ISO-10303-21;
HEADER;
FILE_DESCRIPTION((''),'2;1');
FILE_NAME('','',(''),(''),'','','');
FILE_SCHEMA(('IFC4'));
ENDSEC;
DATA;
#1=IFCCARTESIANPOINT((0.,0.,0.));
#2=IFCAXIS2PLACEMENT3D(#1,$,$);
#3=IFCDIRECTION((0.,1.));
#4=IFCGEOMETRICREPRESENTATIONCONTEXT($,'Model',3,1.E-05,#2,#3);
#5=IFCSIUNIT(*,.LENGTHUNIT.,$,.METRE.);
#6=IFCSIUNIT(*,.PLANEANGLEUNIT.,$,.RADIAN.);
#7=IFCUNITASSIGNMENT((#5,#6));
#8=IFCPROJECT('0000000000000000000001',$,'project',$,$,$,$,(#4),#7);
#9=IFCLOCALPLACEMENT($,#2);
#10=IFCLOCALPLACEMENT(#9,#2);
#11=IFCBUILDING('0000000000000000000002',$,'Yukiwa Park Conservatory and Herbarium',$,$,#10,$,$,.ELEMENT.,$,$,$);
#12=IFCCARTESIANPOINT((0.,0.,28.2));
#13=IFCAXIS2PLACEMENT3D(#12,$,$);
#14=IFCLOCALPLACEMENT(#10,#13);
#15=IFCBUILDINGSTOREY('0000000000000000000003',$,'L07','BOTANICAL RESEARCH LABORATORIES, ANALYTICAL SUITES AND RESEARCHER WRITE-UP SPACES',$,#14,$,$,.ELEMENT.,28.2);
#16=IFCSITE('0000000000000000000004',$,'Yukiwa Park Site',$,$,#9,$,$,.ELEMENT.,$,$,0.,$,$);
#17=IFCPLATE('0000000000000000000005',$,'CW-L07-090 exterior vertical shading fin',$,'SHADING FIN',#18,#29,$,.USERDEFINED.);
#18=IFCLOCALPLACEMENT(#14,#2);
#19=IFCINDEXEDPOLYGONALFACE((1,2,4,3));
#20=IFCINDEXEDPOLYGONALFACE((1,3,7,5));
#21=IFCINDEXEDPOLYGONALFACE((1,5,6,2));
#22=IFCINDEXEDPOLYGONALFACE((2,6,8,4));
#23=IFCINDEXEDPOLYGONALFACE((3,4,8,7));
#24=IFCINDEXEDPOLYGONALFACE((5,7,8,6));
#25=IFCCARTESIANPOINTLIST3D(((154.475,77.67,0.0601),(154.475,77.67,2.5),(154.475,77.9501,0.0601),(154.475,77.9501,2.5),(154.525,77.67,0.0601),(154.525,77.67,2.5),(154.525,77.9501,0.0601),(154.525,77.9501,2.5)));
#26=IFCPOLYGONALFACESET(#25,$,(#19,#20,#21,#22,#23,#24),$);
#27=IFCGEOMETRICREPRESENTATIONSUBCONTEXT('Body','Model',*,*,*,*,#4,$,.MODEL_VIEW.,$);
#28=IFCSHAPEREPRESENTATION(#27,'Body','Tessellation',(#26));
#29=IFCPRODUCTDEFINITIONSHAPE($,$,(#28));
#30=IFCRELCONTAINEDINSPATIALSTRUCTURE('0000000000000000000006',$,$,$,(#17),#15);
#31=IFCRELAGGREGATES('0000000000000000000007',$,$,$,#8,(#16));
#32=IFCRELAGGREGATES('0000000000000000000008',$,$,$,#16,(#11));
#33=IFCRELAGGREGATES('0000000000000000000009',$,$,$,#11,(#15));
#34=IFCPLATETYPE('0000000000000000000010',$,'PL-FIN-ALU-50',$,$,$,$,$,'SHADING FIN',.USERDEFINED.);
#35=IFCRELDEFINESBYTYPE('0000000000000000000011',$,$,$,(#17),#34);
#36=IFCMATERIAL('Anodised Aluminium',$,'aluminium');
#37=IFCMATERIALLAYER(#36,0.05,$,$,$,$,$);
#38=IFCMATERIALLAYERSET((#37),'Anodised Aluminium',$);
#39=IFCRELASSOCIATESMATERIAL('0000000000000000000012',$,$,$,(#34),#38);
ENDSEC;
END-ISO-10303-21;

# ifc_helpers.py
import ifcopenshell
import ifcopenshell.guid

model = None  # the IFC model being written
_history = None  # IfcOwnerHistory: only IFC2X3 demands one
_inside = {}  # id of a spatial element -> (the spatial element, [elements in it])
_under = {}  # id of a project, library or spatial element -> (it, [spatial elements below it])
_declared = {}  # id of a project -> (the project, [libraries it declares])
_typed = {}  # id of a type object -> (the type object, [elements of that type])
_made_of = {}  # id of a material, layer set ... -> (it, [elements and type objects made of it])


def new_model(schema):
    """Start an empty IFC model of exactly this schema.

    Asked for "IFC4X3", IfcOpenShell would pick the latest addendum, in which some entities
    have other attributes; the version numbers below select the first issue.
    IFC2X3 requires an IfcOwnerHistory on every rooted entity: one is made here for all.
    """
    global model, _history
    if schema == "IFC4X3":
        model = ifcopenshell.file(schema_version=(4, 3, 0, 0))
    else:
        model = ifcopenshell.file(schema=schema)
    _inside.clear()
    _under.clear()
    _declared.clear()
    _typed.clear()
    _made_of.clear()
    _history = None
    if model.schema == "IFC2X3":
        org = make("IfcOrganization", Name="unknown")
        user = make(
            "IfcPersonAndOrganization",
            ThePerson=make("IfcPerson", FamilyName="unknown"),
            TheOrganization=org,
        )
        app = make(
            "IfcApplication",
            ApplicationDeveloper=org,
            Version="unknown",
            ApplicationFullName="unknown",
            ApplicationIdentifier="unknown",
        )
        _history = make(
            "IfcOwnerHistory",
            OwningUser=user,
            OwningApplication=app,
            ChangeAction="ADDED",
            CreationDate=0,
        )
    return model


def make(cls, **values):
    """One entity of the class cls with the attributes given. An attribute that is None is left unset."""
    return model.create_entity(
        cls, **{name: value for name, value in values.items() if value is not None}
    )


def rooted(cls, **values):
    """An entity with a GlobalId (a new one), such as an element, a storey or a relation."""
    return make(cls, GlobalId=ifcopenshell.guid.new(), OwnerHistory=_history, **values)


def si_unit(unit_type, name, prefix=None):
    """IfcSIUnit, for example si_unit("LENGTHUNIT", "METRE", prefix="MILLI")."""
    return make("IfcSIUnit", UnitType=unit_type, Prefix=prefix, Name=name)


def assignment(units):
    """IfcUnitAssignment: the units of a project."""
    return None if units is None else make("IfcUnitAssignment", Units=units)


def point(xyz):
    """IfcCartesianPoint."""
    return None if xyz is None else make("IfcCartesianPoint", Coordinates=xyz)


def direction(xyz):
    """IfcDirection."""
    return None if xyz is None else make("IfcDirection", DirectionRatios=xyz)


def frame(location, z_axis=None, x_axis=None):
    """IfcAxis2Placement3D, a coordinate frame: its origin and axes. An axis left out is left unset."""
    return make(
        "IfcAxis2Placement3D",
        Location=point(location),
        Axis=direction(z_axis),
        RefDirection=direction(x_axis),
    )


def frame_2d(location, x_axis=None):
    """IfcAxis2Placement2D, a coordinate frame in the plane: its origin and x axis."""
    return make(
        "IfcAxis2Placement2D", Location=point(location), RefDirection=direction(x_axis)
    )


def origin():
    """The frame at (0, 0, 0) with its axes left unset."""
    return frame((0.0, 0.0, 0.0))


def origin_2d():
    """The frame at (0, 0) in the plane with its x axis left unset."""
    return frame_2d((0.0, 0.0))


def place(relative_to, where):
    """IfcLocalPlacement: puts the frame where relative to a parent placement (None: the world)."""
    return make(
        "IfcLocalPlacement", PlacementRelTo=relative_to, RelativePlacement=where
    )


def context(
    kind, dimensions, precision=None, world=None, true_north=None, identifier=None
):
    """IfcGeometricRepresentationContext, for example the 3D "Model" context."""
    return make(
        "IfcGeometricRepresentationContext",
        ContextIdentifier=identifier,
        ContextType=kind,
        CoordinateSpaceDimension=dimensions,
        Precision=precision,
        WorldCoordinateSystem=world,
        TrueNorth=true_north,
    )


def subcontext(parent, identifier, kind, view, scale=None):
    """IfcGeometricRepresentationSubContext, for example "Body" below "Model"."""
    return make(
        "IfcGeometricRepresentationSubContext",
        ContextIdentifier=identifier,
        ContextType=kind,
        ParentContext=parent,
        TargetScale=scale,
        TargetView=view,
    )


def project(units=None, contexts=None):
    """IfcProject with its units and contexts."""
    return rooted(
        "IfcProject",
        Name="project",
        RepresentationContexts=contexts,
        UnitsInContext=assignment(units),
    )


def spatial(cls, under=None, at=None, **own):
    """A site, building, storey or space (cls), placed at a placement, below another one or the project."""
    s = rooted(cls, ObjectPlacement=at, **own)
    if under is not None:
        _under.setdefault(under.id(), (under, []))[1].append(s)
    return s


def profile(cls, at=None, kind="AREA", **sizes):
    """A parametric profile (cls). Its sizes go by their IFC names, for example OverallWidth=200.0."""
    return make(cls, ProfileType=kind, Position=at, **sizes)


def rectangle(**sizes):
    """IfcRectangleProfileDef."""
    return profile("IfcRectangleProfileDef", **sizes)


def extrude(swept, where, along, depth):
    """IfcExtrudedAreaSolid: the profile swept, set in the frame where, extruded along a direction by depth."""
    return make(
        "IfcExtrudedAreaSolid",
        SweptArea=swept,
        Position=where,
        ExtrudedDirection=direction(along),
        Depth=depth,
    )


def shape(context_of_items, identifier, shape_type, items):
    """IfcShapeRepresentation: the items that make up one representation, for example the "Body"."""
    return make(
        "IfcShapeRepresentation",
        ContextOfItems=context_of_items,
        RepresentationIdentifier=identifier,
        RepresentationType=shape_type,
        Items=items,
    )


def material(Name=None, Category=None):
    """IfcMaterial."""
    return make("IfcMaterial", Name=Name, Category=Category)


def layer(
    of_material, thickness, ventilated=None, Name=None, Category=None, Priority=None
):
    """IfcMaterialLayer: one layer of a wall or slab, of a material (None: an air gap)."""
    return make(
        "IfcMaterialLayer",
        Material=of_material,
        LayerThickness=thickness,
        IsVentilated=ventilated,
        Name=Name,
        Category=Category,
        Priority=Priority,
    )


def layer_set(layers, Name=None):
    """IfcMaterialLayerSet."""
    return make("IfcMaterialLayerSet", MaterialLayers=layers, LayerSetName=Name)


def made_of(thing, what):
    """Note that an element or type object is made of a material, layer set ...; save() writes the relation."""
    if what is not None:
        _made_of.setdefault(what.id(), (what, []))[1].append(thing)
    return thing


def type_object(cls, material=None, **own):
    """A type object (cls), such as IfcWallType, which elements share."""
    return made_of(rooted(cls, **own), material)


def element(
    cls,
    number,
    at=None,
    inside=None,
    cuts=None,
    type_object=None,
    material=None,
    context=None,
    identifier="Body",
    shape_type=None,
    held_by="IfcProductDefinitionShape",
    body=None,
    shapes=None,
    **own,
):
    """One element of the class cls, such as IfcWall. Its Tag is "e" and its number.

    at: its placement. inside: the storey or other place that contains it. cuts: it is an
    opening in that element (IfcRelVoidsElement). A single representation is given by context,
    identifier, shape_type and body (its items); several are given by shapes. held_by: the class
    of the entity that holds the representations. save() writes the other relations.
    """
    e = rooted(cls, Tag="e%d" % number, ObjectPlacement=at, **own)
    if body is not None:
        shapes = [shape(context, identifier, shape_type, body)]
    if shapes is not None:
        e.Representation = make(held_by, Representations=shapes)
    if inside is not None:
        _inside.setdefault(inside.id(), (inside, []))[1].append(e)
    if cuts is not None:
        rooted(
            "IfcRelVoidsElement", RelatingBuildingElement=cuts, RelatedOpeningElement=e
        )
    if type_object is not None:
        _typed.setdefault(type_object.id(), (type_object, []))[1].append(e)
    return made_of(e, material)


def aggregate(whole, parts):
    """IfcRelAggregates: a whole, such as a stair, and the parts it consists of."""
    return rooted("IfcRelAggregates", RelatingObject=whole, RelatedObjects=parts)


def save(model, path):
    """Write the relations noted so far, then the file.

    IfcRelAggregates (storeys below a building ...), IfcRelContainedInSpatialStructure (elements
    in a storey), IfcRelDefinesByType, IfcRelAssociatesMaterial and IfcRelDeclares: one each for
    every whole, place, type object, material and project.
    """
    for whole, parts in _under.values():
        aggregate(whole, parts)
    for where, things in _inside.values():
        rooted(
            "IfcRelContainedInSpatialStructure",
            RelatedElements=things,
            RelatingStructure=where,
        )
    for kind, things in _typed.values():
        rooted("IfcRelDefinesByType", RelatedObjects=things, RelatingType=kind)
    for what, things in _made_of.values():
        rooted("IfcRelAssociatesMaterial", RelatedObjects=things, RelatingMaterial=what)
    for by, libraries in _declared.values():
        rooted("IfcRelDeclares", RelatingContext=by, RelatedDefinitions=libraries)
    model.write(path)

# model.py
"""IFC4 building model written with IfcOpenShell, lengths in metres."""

from ifc_helpers import new_model, si_unit, direction, frame, origin, origin_2d, place, context, subcontext, project, spatial, rectangle, extrude, material, layer, layer_set, type_object, element, save


model = new_model("IFC4")

# Units and contexts
model_context = context("Model", 3, precision=1e-05, world=origin(), true_north=direction((0.0, 1.0)))
body_context = subcontext(model_context, "Body", "Model", "MODEL_VIEW")
ifc_project = project(units=[si_unit("LENGTHUNIT", "METRE"), si_unit("PLANEANGLEUNIT", "RADIAN")], contexts=[model_context])

# Site, building, storey
site_placement = place(None, origin())
site = spatial("IfcSite", under=ifc_project, at=site_placement, Name="Yukiwa Park Site", CompositionType="ELEMENT", RefElevation=0.0)
building_placement = place(site_placement, origin())
building = spatial("IfcBuilding", under=site, at=building_placement, Name="Yukiwa Park Conservatory and Herbarium", CompositionType="ELEMENT")
storey_placement = place(building_placement, frame((0.0, 0.0, 28.2)))
storey = spatial("IfcBuildingStorey", under=building, at=storey_placement, Name="L07", Description="BOTANICAL RESEARCH LABORATORIES, ANALYTICAL SUITES AND RESEARCHER WRITE-UP SPACES", CompositionType="ELEMENT", Elevation=28.2)

# Plate
ifc_material_1 = material(Name="Anodised Aluminium", Category="aluminium")
ifc_layer_1 = layer(ifc_material_1, 0.05)
ifc_layer_set_1 = layer_set([ifc_layer_1], Name="Anodised Aluminium")
plate_type_1 = type_object("IfcPlateType", Name="PL-FIN-ALU-50", ElementType="SHADING FIN", PredefinedType="USERDEFINED", material=ifc_layer_set_1)
plate_1_placement = place(storey_placement, frame((154.5, 77.8101, 0.0601), z_axis=(0.0, 0.0, 1.0), x_axis=(1.0, 0.0, 0.0)))
element("IfcPlate", 1, at=plate_1_placement, inside=storey, type_object=plate_type_1, Name="CW-L07-090 exterior vertical shading fin", ObjectType="SHADING FIN", PredefinedType="USERDEFINED", context=body_context, shape_type="SweptSolid", body=[
    extrude(rectangle(XDim=0.05, YDim=0.28, at=origin_2d()), origin(), (0.0, 0.0, 1.0), 2.4399),
])

save(model, "model.ifc")
